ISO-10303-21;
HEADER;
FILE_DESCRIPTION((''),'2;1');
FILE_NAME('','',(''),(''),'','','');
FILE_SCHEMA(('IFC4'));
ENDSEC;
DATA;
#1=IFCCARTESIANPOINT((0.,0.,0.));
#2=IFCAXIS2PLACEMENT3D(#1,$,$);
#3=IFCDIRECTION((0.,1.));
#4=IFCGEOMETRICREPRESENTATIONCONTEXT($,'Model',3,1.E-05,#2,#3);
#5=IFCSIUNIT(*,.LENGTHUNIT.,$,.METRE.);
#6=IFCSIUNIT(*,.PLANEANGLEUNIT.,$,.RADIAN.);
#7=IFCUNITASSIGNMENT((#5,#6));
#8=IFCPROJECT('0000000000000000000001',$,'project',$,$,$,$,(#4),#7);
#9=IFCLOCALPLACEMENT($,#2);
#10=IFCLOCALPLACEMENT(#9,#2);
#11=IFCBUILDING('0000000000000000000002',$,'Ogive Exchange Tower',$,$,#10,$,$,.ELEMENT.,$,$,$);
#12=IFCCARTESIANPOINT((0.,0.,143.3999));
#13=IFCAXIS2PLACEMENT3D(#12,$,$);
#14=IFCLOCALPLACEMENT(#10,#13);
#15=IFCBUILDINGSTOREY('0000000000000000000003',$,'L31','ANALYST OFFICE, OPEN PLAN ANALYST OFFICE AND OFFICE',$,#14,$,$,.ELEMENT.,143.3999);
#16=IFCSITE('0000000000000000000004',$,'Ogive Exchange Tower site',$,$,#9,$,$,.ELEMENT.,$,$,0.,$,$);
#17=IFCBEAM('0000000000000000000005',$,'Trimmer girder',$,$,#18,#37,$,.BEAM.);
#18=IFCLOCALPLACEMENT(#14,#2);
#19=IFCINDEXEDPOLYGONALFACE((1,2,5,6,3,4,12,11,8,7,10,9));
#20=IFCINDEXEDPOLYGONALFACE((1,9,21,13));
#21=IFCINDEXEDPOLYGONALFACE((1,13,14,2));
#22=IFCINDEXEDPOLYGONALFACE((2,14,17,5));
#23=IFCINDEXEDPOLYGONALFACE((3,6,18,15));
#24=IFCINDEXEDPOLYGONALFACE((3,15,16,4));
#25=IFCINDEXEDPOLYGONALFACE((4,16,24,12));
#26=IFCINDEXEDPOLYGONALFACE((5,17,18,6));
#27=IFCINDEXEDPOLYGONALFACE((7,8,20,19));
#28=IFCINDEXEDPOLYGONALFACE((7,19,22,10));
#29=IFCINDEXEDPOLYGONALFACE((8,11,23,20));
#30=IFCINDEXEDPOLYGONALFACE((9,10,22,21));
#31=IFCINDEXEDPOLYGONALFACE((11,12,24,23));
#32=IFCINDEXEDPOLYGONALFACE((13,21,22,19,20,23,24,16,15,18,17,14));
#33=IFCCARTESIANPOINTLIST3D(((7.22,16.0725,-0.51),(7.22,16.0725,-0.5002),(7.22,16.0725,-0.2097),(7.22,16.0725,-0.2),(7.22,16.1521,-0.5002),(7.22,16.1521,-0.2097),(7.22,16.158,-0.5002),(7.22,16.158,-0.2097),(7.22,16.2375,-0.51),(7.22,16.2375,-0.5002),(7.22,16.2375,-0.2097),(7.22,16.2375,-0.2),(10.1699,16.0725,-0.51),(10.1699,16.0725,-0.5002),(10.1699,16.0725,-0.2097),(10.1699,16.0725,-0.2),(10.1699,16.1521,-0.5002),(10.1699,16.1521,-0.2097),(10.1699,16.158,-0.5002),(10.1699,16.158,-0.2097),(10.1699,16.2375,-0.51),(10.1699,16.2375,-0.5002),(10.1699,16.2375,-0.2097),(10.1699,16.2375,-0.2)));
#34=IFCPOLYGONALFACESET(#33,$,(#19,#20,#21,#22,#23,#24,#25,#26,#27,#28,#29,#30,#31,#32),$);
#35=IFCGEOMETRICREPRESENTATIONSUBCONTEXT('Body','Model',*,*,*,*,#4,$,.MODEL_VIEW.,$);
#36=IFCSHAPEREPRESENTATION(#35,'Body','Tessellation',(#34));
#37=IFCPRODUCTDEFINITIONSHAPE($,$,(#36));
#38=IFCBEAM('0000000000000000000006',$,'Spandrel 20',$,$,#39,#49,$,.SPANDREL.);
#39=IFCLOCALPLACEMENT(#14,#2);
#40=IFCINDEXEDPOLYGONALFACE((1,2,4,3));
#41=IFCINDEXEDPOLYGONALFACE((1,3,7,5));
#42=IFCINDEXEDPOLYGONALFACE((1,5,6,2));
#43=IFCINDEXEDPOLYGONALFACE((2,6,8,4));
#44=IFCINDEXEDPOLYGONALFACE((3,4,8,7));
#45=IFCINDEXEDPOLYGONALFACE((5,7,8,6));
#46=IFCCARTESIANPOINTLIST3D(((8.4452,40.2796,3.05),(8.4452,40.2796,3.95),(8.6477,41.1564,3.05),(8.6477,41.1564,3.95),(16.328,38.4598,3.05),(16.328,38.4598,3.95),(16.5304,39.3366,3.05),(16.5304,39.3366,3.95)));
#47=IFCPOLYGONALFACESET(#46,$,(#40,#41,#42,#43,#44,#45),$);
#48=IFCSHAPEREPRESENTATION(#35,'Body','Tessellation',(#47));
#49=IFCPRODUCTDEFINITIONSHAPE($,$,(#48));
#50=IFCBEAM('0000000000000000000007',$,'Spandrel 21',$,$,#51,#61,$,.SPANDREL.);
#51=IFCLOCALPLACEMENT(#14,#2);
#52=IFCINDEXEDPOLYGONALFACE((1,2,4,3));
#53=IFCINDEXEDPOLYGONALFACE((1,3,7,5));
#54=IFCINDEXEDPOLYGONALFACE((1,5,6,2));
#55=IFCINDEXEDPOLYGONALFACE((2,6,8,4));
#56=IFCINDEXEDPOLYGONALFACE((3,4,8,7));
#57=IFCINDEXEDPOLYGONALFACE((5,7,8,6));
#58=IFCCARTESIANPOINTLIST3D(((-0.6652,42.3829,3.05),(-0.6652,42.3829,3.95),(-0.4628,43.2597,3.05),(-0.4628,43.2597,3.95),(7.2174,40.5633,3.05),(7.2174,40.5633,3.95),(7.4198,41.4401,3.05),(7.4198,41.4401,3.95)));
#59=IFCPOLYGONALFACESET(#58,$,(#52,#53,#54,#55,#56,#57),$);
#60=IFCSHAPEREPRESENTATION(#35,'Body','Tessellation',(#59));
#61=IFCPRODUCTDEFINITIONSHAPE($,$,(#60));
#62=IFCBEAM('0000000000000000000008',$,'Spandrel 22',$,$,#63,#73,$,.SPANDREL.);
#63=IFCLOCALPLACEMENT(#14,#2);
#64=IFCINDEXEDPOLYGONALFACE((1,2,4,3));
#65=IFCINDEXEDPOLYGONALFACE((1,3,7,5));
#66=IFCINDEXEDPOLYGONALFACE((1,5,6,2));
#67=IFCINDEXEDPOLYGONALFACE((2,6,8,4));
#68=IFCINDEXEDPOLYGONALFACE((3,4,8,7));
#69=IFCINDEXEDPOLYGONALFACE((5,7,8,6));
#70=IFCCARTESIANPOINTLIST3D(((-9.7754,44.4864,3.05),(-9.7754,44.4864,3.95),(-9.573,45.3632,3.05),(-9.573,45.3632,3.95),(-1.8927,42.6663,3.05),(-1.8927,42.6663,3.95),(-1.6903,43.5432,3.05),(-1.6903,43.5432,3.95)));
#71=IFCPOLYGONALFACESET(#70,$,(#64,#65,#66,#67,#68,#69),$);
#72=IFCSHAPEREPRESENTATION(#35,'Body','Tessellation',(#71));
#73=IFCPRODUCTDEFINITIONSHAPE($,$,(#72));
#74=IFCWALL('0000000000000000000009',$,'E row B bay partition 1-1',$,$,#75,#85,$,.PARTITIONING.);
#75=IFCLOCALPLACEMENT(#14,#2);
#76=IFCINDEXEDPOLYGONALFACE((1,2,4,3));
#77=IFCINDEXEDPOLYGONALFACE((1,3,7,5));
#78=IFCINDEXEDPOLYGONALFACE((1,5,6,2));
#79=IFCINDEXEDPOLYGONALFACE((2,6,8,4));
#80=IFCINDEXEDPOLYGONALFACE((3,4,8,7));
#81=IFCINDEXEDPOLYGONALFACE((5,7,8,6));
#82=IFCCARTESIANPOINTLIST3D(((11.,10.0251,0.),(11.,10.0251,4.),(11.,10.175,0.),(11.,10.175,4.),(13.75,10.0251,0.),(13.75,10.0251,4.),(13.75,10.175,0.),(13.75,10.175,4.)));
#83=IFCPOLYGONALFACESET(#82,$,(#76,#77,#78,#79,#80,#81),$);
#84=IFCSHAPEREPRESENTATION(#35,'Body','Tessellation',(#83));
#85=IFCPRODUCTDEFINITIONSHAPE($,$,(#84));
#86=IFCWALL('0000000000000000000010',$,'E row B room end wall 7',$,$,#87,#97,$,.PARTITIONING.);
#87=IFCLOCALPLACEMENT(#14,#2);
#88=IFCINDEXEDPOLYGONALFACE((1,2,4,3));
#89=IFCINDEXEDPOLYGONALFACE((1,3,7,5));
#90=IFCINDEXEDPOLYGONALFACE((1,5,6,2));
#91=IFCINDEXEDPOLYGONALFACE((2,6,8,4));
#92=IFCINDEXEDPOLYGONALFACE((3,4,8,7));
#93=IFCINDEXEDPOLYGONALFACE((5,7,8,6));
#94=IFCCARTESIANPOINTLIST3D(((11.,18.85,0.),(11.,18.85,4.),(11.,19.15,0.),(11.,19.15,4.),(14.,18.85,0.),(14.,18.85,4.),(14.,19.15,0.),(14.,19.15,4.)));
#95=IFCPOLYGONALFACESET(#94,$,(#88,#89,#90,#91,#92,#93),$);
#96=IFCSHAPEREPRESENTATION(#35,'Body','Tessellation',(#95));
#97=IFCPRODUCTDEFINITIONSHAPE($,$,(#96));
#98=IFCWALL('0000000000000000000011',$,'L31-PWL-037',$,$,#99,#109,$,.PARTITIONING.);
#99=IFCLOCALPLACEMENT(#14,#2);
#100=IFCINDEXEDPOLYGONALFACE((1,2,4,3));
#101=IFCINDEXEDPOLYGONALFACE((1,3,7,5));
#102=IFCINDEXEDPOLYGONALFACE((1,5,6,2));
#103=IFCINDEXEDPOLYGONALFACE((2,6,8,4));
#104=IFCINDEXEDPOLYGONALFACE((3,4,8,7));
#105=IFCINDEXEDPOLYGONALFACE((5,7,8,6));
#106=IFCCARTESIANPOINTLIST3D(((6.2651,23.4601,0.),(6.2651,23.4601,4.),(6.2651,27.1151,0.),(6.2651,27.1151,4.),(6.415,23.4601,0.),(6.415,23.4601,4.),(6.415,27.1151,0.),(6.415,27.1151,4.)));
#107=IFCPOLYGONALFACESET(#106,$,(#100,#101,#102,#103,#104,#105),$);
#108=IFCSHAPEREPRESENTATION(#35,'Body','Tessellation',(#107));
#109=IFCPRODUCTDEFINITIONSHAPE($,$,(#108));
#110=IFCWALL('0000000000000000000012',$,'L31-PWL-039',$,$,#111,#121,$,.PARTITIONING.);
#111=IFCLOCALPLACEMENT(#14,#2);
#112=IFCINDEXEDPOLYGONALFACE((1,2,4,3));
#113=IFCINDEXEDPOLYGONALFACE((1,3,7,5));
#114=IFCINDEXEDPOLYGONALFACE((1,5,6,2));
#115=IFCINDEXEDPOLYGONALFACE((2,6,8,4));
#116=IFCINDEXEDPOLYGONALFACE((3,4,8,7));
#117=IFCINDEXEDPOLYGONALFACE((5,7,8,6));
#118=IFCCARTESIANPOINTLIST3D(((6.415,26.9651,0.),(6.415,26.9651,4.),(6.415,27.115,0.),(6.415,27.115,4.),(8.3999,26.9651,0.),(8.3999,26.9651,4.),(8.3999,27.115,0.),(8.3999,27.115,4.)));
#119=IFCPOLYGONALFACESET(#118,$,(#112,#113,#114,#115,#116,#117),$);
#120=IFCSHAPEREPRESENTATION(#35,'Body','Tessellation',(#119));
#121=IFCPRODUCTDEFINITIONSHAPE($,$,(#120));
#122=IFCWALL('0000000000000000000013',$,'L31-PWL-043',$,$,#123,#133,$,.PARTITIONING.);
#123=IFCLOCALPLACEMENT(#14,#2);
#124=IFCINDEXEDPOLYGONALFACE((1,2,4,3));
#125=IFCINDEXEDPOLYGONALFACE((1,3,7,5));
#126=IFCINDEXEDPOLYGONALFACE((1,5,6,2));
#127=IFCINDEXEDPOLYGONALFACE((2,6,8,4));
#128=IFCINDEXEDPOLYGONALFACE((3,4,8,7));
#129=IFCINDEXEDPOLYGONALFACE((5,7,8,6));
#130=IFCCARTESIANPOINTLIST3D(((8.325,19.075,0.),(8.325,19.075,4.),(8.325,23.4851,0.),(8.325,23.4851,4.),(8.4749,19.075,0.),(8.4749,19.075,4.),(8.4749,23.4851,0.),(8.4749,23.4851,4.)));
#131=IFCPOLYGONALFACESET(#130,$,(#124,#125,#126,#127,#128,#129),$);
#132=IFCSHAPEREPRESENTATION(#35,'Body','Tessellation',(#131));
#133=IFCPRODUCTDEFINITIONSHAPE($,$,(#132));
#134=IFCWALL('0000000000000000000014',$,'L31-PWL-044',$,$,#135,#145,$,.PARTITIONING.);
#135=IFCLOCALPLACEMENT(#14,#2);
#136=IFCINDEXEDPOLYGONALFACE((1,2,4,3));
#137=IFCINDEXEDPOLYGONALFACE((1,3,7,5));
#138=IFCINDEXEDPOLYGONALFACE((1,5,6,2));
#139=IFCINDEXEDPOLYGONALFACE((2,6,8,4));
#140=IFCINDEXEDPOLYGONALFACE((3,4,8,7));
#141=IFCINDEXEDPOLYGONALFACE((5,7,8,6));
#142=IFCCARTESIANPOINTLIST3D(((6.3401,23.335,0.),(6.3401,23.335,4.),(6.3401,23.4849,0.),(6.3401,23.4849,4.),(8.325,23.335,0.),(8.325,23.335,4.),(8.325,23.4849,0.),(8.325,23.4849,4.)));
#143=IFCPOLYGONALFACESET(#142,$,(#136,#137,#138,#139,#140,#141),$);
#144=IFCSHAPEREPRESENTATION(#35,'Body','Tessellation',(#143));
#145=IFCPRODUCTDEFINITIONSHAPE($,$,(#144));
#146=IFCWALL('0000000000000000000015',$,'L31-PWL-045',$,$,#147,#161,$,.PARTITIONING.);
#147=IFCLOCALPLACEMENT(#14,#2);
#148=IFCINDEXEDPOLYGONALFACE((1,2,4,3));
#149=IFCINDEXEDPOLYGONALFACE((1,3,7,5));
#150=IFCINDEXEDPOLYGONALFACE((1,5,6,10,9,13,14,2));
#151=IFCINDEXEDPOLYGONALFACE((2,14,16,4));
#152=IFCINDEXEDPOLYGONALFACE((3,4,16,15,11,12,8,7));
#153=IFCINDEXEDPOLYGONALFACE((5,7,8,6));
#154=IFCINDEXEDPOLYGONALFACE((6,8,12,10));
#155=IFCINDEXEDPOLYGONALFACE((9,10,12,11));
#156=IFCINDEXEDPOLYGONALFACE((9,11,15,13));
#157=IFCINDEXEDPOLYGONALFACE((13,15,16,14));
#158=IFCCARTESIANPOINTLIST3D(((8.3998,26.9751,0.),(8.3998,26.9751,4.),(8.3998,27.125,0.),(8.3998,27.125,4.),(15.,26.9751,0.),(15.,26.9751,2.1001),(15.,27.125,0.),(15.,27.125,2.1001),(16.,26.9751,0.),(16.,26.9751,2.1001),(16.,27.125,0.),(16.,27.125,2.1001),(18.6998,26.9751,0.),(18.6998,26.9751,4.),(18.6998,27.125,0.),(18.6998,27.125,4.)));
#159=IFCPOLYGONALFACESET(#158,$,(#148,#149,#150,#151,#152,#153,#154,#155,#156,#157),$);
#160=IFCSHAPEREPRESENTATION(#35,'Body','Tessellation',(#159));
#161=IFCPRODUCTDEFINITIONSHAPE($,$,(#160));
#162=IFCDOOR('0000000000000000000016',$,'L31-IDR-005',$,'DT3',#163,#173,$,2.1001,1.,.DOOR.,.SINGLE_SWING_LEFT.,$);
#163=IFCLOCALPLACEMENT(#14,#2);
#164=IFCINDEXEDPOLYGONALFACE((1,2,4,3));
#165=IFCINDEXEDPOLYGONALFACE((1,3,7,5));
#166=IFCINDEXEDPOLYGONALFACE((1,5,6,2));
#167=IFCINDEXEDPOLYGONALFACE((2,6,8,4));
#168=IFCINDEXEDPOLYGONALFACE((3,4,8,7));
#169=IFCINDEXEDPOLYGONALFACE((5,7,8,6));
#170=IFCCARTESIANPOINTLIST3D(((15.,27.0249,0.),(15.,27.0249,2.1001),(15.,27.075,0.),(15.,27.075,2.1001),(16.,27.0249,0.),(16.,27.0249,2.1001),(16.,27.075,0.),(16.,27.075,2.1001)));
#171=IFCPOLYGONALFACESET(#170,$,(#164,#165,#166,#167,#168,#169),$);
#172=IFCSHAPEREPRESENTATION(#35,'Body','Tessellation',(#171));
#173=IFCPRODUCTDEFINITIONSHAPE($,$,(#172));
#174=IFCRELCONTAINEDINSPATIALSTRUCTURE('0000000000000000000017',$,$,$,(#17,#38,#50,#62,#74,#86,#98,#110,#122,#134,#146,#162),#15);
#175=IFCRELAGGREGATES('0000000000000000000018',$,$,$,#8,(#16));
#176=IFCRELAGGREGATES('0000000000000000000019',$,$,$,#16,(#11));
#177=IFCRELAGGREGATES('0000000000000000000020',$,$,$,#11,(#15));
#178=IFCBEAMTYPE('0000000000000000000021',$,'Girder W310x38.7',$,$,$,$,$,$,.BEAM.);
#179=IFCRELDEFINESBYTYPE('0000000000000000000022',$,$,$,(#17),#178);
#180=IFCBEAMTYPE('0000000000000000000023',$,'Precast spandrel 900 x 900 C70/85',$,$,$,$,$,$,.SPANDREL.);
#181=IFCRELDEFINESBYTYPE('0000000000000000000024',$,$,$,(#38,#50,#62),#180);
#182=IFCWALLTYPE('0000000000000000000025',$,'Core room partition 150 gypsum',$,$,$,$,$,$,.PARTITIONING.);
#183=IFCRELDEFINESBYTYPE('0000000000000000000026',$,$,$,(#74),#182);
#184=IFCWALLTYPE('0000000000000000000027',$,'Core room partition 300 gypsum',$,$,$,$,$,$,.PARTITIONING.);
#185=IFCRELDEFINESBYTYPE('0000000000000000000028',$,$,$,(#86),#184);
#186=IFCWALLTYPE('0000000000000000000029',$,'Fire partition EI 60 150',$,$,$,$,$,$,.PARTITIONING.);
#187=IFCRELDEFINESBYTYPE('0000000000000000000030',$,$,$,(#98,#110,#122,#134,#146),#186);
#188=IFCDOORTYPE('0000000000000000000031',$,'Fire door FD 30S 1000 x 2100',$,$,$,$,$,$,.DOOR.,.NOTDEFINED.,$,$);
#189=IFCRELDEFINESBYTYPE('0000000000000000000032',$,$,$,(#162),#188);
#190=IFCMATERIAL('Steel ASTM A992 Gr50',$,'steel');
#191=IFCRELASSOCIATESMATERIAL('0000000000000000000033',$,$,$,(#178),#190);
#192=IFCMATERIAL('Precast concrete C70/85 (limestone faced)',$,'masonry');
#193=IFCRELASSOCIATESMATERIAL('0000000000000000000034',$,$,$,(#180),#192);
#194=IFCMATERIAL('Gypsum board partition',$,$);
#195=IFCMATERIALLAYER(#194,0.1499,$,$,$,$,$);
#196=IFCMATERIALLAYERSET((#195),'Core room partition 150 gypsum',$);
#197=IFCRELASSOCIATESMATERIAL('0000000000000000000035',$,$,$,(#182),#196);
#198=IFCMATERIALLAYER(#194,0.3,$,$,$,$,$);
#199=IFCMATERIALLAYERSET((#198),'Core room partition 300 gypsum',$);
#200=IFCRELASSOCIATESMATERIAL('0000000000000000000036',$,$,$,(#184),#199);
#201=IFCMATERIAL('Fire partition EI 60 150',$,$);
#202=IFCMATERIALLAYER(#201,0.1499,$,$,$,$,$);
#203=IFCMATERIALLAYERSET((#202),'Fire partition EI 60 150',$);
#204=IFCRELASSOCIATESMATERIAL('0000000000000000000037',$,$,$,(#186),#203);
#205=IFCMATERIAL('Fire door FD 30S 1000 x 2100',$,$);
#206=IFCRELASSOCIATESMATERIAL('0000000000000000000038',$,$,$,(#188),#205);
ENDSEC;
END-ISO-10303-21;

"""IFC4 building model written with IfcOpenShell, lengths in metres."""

from ifc_helpers import new_model, si_unit, direction, frame, frame_2d, origin, origin_2d, place, context, subcontext, project, spatial, rectangle, i_section, extrude, material, layer, layer_set, material_profile, profile_set, type_object, element, fill, save


model = new_model("IFC4")

# Units and contexts
model_context = context("Model", 3, precision=1e-05, world=origin(), true_north=direction((0.0, 1.0)))
body_context = subcontext(model_context, "Body", "Model", "MODEL_VIEW")
ifc_project = project(units=[si_unit("LENGTHUNIT", "METRE"), si_unit("PLANEANGLEUNIT", "RADIAN")], contexts=[model_context])

# Site, building, storey
site_placement = place(None, origin())
site = spatial("IfcSite", under=ifc_project, at=site_placement, Name="Ogive Exchange Tower site", CompositionType="ELEMENT", RefElevation=0.0)
building_placement = place(site_placement, origin())
building = spatial("IfcBuilding", under=site, at=building_placement, Name="Ogive Exchange Tower", CompositionType="ELEMENT")
storey_placement = place(building_placement, frame((0.0, 0.0, 143.3999)))
storey = spatial("IfcBuildingStorey", under=building, at=storey_placement, Name="L31", Description="ANALYST OFFICE, OPEN PLAN ANALYST OFFICE AND OFFICE", CompositionType="ELEMENT", Elevation=143.3999)

# Shared definitions
ifc_material_1 = material(Name="Precast concrete C70/85 (limestone faced)", Category="masonry")

# Beams
ifc_material_2 = material(Name="Steel ASTM A992 Gr50", Category="steel")
ifc_material_profile_1 = material_profile(ifc_material_2, i_section(OverallWidth=0.165, OverallDepth=0.3101, WebThickness=0.0059, FlangeThickness=0.0098, at=origin_2d()), Name="W310x38.7")
ifc_profile_set_1 = profile_set([ifc_material_profile_1], Name="Steel ASTM A992 Gr50")
beam_type_1 = type_object("IfcBeamType", Name="Girder W310x38.7", PredefinedType="BEAM", material=ifc_profile_set_1)
beam_1_placement = place(storey_placement, frame((7.22, 16.155, -0.355), z_axis=(1.0, 0.0, 0.0), x_axis=(0.0, 1.0, 0.0)))
element("IfcBeam", 1, at=beam_1_placement, inside=storey, type_object=beam_type_1, Name="Trimmer girder", PredefinedType="BEAM", context=body_context, shape_type="SweptSolid", body=[
    extrude(i_section(OverallWidth=0.165, OverallDepth=0.3101, WebThickness=0.0059, FlangeThickness=0.0098, at=origin_2d()), origin(), (0.0, 0.0, 1.0), 2.95),
])
ifc_material_profile_2 = material_profile(ifc_material_1, rectangle(XDim=0.8999, YDim=0.8999, at=origin_2d()), Name="900 x 900")
ifc_profile_set_2 = profile_set([ifc_material_profile_2], Name="Precast concrete C70/85 (limestone faced)")
beam_type_2 = type_object("IfcBeamType", Name="Precast spandrel 900 x 900 C70/85", PredefinedType="SPANDREL", material=ifc_profile_set_2)
beam_2_placement = place(storey_placement, frame((16.4292, 38.8982, 3.5), z_axis=(-0.974372, 0.224943, 0.0), x_axis=(-0.224943, -0.974372, 0.0)))
element("IfcBeam", 2, at=beam_2_placement, inside=storey, type_object=beam_type_2, Name="Spandrel 20", PredefinedType="SPANDREL", context=body_context, shape_type="SweptSolid", body=[
    extrude(rectangle(XDim=0.8999, YDim=0.8999, at=origin_2d()), origin(), (0.0, 0.0, 1.0), 8.0901),
])
beam_3_placement = place(storey_placement, frame((7.3186, 41.0017, 3.5), z_axis=(-0.974377, 0.224921, 0.0), x_axis=(-0.224921, -0.974377, 0.0)))
element("IfcBeam", 3, at=beam_3_placement, inside=storey, type_object=beam_type_2, Name="Spandrel 21", PredefinedType="SPANDREL", context=body_context, shape_type="SweptSolid", body=[
    extrude(rectangle(XDim=0.8999, YDim=0.8999, at=origin_2d()), origin(), (0.0, 0.0, 1.0), 8.0898),
])
beam_4_placement = place(storey_placement, frame((-1.7915, 43.1047, 3.5), z_axis=(-0.974365, 0.224972, 0.0), x_axis=(-0.224972, -0.974365, 0.0)))
element("IfcBeam", 4, at=beam_4_placement, inside=storey, type_object=beam_type_2, Name="Spandrel 22", PredefinedType="SPANDREL", context=body_context, shape_type="SweptSolid", body=[
    extrude(rectangle(XDim=0.8999, YDim=0.8999, at=origin_2d()), origin(), (0.0, 0.0, 1.0), 8.0901),
])

# Walls
ifc_material_3 = material(Name="Gypsum board partition")
ifc_layer_1 = layer(ifc_material_3, 0.1499)
ifc_layer_set_1 = layer_set([ifc_layer_1], Name="Core room partition 150 gypsum")
wall_type_1 = type_object("IfcWallType", Name="Core room partition 150 gypsum", PredefinedType="PARTITIONING", material=ifc_layer_set_1)
wall_1_placement = place(storey_placement, frame((11.0, 10.1001, 0.0), z_axis=(0.0, 0.0, 1.0), x_axis=(1.0, 0.0, 0.0)))
element("IfcWall", 5, at=wall_1_placement, inside=storey, type_object=wall_type_1, Name="E row B bay partition 1-1", PredefinedType="PARTITIONING", context=body_context, shape_type="SweptSolid", body=[
    extrude(rectangle(XDim=2.75, YDim=0.1499, at=frame_2d((1.375, 0.0))), origin(), (0.0, 0.0, 1.0), 4.0),
])
ifc_layer_2 = layer(ifc_material_3, 0.3)
ifc_layer_set_2 = layer_set([ifc_layer_2], Name="Core room partition 300 gypsum")
wall_type_2 = type_object("IfcWallType", Name="Core room partition 300 gypsum", PredefinedType="PARTITIONING", material=ifc_layer_set_2)
wall_2_placement = place(storey_placement, frame((11.0, 19.0, 0.0), z_axis=(0.0, 0.0, 1.0), x_axis=(1.0, 0.0, 0.0)))
element("IfcWall", 6, at=wall_2_placement, inside=storey, type_object=wall_type_2, Name="E row B room end wall 7", PredefinedType="PARTITIONING", context=body_context, shape_type="SweptSolid", body=[
    extrude(rectangle(XDim=3.0, YDim=0.3, at=frame_2d((1.5, 0.0))), origin(), (0.0, 0.0, 1.0), 4.0),
])
ifc_material_4 = material(Name="Fire partition EI 60 150")
ifc_layer_3 = layer(ifc_material_4, 0.1499)
ifc_layer_set_3 = layer_set([ifc_layer_3], Name="Fire partition EI 60 150")
wall_type_3 = type_object("IfcWallType", Name="Fire partition EI 60 150", PredefinedType="PARTITIONING", material=ifc_layer_set_3)
wall_3_placement = place(storey_placement, frame((6.3401, 23.46, 0.0), z_axis=(0.0, 0.0, 1.0), x_axis=(0.0, 1.0, 0.0)))
element("IfcWall", 7, at=wall_3_placement, inside=storey, type_object=wall_type_3, Name="L31-PWL-037", PredefinedType="PARTITIONING", context=body_context, shape_type="SweptSolid", body=[
    extrude(rectangle(XDim=3.655, YDim=0.1499, at=frame_2d((1.8276, 0.0))), origin(), (0.0, 0.0, 1.0), 4.0),
])
wall_4_placement = place(storey_placement, frame((6.415, 27.04, 0.0), z_axis=(0.0, 0.0, 1.0), x_axis=(1.0, 0.0, 0.0)))
element("IfcWall", 8, at=wall_4_placement, inside=storey, type_object=wall_type_3, Name="L31-PWL-039", PredefinedType="PARTITIONING", context=body_context, shape_type="SweptSolid", body=[
    extrude(rectangle(XDim=1.9849, YDim=0.1499, at=frame_2d((0.9924, 0.0))), origin(), (0.0, 0.0, 1.0), 4.0),
])
wall_5_placement = place(storey_placement, frame((8.3999, 19.075, 0.0), z_axis=(0.0, 0.0, 1.0), x_axis=(0.0, 1.0, 0.0)))
element("IfcWall", 9, at=wall_5_placement, inside=storey, type_object=wall_type_3, Name="L31-PWL-043", PredefinedType="PARTITIONING", context=body_context, shape_type="SweptSolid", body=[
    extrude(rectangle(XDim=4.4102, YDim=0.1499, at=frame_2d((2.2051, 0.0))), origin(), (0.0, 0.0, 1.0), 4.0),
])
wall_6_placement = place(storey_placement, frame((8.325, 23.4099, 0.0), z_axis=(0.0, 0.0, 1.0), x_axis=(-1.0, 0.0, 0.0)))
element("IfcWall", 10, at=wall_6_placement, inside=storey, type_object=wall_type_3, Name="L31-PWL-044", PredefinedType="PARTITIONING", context=body_context, shape_type="SweptSolid", body=[
    extrude(rectangle(XDim=1.9849, YDim=0.1499, at=frame_2d((0.9924, 0.0))), origin(), (0.0, 0.0, 1.0), 4.0),
])

# Wall, opening, door
wall_7_placement = place(storey_placement, frame((8.3999, 27.05, 0.0), z_axis=(0.0, 0.0, 1.0), x_axis=(1.0, 0.0, 0.0)))
wall_7 = element("IfcWall", 11, at=wall_7_placement, inside=storey, type_object=wall_type_3, Name="L31-PWL-045", PredefinedType="PARTITIONING", context=body_context, shape_type="SweptSolid", body=[
    extrude(rectangle(XDim=10.3, YDim=0.1499, at=frame_2d((5.1499, 0.0))), origin(), (0.0, 0.0, 1.0), 4.0),
])
opening_1_placement = place(wall_7_placement, frame((6.6001, 0.0, 0.0)))
opening_1 = element("IfcOpeningElement", 12, at=opening_1_placement, cuts=wall_7, PredefinedType="OPENING", context=body_context, shape_type="SweptSolid", body=[
    extrude(rectangle(XDim=1.0, YDim=2.1001, at=frame_2d((0.5, 1.05))), frame((0.0, 0.085, 0.0), z_axis=(0.0, -1.0, 0.0), x_axis=(1.0, 0.0, 0.0)), (0.0, 0.0, 1.0), 0.1699),
])
ifc_material_5 = material(Name="Fire door FD 30S 1000 x 2100")
door_type_1 = type_object("IfcDoorType", Name="Fire door FD 30S 1000 x 2100", OperationType="NOTDEFINED", PredefinedType="DOOR", material=ifc_material_5)
door_1_placement = place(opening_1_placement, origin())
door_1 = element("IfcDoor", 13, at=door_1_placement, inside=storey, type_object=door_type_1, Name="L31-IDR-005", ObjectType="DT3", OperationType="SINGLE_SWING_LEFT", OverallHeight=2.1001, OverallWidth=1.0, PredefinedType="DOOR", context=body_context, shape_type="SweptSolid", body=[
    extrude(rectangle(XDim=1.0, YDim=2.1001, at=frame_2d((0.5, 1.05))), frame((0.0, 0.0249, 0.0), z_axis=(0.0, -1.0, 0.0), x_axis=(1.0, 0.0, 0.0)), (0.0, 0.0, 1.0), 0.05),
])
fill(opening_1, door_1)

save(model, "model.ifc")
